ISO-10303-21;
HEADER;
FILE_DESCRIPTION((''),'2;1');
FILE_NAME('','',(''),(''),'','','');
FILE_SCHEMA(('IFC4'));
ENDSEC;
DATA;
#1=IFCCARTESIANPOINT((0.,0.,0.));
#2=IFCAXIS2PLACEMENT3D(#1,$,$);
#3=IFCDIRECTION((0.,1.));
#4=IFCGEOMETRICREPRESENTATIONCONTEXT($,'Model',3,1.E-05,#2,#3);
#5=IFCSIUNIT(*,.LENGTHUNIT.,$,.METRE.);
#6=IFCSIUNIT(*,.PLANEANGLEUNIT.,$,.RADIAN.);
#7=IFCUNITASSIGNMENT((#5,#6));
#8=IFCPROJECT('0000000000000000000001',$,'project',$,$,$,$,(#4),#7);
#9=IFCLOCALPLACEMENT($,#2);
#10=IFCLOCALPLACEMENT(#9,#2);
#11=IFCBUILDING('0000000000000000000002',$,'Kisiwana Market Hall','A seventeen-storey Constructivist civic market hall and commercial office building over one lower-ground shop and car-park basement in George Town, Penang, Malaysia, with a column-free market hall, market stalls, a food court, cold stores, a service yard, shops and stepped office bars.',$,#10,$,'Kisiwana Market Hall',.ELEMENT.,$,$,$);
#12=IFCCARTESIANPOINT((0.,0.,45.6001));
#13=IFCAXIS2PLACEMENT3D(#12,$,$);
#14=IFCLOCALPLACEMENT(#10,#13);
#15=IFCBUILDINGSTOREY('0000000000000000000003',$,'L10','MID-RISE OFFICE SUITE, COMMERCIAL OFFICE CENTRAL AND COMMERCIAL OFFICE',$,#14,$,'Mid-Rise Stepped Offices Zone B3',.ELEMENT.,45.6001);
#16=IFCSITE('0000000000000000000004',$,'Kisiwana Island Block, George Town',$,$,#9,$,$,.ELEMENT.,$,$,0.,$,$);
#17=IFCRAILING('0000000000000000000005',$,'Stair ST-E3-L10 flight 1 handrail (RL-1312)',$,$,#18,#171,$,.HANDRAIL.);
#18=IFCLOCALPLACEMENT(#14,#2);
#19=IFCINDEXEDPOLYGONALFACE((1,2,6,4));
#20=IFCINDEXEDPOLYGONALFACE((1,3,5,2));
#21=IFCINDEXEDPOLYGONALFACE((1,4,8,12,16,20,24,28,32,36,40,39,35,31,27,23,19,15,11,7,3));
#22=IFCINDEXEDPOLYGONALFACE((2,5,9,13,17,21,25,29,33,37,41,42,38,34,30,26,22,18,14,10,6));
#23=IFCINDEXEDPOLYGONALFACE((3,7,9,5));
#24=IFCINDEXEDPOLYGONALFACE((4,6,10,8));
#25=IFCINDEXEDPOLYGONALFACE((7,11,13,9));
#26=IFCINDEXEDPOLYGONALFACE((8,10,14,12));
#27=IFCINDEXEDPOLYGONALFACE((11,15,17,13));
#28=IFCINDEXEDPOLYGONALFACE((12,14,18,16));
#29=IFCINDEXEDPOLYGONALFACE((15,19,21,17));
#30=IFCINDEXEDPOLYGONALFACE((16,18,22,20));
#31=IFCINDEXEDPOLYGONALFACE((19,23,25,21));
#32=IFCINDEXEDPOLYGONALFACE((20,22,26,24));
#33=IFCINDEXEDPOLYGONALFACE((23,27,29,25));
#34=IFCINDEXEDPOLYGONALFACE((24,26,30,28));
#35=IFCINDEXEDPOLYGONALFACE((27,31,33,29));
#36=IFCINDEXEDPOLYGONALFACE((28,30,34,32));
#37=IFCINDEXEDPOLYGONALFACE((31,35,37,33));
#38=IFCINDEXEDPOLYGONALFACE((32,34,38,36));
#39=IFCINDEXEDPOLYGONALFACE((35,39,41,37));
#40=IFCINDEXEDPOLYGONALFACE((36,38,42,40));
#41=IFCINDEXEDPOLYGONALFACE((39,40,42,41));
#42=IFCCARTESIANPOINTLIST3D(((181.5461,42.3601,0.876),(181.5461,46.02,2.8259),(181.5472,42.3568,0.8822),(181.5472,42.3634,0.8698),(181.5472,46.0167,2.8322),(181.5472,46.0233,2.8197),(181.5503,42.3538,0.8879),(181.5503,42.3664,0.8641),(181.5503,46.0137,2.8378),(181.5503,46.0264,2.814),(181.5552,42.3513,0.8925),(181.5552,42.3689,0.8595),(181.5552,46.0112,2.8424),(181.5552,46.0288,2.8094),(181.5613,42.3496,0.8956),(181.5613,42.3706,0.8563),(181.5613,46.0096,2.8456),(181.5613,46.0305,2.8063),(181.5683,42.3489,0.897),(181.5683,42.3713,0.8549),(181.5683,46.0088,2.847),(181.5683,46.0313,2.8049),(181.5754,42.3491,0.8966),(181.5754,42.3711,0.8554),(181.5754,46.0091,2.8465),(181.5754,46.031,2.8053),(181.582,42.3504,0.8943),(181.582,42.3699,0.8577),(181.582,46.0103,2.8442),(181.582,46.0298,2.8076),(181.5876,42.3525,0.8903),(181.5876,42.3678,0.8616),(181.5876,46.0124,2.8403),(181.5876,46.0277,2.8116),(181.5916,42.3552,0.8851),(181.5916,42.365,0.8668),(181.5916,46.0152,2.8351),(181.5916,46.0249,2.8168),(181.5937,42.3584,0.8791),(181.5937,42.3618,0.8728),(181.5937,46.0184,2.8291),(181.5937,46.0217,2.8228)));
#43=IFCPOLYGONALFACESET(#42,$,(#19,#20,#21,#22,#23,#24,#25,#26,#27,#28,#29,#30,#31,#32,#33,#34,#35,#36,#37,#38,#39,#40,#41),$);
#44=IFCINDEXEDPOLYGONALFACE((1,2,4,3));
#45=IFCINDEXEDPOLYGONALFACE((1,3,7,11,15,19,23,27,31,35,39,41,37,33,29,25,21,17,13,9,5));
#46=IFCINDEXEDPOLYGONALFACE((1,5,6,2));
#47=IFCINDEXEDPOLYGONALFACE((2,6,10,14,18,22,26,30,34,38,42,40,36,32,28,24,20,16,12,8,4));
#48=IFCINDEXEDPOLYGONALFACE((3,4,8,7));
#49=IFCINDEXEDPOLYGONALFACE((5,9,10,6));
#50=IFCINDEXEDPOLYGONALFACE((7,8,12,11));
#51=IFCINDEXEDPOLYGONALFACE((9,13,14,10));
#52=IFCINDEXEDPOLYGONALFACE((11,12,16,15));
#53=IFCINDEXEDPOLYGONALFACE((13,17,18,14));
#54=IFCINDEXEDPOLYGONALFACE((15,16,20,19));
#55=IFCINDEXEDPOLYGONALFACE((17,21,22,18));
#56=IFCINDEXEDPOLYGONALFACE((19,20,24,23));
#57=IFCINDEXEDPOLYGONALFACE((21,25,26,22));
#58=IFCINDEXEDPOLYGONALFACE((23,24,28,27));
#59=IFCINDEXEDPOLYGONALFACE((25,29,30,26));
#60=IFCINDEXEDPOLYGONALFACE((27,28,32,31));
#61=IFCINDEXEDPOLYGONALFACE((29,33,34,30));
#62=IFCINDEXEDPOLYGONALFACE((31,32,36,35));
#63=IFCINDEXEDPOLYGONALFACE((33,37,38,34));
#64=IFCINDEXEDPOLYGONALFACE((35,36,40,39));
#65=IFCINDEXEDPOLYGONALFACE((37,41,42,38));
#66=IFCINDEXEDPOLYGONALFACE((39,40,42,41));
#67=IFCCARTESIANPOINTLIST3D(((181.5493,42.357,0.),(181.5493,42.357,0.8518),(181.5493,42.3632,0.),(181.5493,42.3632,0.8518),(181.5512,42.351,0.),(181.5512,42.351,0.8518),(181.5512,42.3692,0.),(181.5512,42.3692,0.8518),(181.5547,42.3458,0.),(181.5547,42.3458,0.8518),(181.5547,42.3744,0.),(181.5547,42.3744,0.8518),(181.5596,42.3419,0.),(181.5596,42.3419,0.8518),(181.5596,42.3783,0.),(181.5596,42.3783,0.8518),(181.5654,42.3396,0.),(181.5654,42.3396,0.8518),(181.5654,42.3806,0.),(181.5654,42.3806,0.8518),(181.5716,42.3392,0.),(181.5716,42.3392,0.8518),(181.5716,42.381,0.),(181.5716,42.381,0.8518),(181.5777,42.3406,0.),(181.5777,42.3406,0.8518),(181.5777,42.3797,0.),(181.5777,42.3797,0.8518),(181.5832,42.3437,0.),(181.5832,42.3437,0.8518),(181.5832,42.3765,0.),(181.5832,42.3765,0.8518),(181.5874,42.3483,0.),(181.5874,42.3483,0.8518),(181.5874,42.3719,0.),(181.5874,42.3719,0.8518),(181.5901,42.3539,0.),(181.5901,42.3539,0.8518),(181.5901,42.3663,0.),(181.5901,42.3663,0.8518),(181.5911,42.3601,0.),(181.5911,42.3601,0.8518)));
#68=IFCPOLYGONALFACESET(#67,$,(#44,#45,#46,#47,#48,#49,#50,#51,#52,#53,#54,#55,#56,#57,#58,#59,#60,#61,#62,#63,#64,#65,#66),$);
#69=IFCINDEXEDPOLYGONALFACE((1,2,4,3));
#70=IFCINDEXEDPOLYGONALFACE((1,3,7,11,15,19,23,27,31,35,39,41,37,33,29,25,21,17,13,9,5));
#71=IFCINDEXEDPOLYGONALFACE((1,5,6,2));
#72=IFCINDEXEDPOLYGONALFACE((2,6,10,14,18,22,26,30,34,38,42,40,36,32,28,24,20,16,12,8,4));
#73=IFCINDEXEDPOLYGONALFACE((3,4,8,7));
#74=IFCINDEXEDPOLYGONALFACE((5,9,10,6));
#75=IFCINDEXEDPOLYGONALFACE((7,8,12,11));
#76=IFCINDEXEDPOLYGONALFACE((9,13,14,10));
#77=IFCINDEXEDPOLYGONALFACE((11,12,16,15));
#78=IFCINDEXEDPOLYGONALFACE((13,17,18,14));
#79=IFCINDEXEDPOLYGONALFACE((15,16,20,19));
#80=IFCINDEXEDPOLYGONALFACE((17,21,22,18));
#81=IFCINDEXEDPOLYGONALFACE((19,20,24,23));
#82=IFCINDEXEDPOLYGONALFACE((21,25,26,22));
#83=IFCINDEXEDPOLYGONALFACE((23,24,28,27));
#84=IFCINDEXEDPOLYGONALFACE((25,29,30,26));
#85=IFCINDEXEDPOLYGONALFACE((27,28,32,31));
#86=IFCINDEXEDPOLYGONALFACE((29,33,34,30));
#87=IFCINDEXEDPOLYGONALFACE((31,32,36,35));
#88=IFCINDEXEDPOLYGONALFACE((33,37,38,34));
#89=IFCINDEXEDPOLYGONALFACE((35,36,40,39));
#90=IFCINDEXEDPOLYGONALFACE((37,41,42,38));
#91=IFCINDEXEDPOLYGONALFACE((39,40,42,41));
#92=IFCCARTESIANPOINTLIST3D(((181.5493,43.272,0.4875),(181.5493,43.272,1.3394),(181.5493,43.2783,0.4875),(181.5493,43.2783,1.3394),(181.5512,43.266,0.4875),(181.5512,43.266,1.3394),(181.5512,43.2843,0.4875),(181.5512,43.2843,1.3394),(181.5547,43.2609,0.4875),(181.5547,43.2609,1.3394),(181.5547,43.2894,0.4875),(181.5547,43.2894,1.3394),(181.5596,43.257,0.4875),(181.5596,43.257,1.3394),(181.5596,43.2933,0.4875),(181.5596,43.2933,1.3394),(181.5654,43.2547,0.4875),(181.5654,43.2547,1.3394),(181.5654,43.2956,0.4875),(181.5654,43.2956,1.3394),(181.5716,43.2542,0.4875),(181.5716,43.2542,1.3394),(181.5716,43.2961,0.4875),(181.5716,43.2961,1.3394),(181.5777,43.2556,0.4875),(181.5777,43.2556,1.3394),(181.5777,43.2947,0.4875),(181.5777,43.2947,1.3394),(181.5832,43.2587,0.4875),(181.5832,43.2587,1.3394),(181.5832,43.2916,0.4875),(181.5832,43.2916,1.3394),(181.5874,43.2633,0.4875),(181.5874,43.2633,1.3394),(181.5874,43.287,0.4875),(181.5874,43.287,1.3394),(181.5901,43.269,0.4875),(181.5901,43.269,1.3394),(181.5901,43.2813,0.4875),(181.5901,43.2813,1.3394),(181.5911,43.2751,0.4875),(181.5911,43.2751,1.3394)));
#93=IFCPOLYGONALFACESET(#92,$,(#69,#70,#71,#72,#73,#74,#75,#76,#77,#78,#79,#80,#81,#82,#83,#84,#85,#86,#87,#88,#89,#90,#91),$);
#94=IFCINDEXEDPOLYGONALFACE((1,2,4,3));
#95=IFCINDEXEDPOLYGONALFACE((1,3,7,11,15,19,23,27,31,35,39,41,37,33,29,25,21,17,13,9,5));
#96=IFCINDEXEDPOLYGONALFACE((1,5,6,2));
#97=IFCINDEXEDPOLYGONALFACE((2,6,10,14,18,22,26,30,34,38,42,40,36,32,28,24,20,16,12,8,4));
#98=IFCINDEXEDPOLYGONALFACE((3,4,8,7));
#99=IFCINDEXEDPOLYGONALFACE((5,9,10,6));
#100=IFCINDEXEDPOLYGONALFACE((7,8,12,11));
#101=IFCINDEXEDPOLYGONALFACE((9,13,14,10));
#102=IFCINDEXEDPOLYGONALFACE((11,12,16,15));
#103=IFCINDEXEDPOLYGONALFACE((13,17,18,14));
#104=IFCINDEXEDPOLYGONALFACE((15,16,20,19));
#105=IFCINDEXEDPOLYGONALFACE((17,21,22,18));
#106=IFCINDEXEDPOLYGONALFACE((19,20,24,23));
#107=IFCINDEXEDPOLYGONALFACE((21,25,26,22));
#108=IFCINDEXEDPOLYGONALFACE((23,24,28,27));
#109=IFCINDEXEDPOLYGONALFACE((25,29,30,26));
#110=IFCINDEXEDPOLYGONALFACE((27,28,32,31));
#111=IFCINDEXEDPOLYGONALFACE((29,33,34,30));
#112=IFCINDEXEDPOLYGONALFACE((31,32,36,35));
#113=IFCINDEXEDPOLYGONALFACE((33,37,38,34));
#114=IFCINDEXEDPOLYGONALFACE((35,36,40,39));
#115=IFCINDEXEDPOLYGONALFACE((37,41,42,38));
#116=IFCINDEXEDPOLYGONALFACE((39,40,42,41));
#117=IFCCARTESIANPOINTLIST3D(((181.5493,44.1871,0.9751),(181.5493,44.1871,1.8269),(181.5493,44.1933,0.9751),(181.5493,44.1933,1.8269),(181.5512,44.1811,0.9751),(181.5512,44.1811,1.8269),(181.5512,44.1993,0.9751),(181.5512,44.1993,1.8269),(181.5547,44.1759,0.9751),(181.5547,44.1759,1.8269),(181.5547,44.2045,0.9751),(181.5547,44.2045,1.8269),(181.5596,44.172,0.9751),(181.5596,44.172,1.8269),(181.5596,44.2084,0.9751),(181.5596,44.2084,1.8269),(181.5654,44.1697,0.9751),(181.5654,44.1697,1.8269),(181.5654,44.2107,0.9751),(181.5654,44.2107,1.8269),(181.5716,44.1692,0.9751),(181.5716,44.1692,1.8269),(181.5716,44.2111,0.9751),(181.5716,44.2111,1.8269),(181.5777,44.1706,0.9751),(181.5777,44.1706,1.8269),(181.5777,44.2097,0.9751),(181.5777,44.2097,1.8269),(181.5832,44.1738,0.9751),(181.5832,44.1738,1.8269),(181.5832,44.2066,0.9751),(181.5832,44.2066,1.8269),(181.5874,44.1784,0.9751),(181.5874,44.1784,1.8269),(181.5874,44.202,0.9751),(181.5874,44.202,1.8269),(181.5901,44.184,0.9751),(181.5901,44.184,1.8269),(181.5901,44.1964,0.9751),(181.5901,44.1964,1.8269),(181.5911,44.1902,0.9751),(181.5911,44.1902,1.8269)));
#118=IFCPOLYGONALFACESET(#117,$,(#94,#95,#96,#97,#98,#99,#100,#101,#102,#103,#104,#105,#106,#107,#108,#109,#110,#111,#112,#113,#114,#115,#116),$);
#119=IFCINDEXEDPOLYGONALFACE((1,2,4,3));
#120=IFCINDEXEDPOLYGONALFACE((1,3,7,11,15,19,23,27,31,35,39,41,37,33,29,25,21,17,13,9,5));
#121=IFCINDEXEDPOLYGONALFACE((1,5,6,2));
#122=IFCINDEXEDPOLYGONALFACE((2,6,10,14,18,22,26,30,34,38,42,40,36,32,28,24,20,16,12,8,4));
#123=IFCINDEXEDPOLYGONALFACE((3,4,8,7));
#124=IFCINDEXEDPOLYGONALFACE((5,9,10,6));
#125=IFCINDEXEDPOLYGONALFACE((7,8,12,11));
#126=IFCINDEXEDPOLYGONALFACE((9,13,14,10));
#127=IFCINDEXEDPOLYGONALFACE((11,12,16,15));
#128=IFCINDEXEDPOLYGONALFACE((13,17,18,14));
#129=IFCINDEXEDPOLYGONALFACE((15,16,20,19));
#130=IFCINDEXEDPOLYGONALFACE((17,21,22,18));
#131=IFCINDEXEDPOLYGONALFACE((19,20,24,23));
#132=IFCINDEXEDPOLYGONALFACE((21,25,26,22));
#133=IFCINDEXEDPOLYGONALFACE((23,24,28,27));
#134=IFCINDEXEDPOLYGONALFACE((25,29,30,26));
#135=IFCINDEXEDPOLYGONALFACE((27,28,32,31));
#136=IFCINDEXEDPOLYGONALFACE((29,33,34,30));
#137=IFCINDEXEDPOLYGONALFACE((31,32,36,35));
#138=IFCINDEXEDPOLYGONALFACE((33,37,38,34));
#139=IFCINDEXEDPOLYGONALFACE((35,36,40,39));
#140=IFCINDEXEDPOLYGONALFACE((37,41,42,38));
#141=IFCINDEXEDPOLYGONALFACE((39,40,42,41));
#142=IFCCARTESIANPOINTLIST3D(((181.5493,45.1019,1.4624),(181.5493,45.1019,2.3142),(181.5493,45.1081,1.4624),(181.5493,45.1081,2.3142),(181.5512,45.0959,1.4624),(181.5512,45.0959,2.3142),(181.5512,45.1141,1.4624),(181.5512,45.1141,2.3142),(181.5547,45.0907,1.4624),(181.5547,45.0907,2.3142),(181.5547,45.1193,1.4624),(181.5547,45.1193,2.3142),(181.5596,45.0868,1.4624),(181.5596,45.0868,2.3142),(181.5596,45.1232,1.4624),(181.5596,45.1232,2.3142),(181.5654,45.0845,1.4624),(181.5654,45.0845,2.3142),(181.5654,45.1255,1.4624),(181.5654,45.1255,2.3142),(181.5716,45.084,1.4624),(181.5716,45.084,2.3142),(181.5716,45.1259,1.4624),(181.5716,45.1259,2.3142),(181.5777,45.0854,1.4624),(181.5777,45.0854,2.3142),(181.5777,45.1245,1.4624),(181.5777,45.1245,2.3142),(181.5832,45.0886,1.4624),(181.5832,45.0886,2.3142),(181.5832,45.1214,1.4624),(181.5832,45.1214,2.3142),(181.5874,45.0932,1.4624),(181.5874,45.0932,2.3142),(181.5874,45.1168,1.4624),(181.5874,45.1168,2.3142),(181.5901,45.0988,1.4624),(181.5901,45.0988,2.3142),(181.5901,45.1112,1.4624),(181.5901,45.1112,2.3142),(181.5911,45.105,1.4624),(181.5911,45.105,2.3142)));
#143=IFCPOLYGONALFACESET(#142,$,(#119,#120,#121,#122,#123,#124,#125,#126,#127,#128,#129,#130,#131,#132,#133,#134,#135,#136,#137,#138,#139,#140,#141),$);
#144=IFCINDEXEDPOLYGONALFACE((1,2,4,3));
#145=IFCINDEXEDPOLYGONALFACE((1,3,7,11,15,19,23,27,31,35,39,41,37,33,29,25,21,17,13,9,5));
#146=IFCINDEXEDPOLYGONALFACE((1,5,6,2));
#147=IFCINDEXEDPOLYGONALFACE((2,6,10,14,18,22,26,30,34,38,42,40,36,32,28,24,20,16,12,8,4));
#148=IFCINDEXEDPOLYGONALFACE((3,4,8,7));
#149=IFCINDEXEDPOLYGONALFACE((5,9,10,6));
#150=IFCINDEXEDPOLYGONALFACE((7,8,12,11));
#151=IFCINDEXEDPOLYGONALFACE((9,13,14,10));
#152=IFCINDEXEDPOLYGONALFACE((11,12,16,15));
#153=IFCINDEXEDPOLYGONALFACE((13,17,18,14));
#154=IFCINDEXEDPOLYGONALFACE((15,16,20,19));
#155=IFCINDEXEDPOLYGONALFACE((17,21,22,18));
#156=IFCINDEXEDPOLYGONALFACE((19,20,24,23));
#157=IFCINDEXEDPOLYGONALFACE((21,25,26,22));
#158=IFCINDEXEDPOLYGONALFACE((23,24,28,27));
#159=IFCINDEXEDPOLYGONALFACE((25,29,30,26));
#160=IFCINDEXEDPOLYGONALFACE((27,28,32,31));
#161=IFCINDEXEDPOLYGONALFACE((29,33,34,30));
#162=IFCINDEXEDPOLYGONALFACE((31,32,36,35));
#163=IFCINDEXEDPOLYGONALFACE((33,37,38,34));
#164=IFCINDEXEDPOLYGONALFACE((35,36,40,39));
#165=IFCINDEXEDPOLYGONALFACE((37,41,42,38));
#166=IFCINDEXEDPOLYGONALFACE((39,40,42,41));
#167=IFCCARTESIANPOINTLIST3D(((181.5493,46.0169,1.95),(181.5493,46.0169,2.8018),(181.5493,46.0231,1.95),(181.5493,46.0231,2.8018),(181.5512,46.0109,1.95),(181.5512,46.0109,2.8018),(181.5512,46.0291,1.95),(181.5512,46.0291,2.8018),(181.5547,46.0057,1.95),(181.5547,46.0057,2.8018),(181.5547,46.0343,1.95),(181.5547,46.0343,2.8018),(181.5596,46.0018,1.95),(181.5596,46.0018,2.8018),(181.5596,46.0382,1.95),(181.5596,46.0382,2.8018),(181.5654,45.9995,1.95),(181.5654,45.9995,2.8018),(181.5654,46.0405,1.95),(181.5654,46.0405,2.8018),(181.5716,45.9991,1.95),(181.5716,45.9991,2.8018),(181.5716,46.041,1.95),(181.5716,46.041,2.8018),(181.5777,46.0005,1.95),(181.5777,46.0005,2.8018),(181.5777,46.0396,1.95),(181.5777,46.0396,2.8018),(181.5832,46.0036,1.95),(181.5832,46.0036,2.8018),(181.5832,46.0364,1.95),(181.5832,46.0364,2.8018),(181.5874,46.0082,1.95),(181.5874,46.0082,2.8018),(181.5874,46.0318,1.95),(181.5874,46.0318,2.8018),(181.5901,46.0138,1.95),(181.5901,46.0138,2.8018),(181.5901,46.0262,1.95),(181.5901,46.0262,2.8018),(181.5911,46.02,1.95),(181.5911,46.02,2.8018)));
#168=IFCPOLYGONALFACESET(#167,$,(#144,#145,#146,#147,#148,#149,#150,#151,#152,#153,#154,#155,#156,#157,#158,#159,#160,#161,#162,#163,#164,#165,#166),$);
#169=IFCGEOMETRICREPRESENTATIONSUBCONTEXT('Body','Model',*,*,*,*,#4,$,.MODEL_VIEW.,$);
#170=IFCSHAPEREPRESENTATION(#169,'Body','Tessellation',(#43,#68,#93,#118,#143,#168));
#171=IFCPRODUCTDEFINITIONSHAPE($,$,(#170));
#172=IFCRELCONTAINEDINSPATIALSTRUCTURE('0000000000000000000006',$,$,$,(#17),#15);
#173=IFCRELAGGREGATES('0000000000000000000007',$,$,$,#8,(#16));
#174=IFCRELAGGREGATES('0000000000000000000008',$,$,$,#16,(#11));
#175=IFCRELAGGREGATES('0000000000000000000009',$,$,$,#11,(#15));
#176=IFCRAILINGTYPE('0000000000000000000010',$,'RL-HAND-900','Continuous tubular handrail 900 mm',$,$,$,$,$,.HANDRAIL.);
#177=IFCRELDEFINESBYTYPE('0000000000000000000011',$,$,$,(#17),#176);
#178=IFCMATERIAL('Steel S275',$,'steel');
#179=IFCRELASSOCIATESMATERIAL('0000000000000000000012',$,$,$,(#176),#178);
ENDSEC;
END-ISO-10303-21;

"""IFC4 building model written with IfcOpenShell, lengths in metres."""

from ifc_helpers import new_model, si_unit, direction, frame, origin, origin_2d, place, context, subcontext, project, spatial, circle, extrude, material, type_object, element, save


model = new_model("IFC4")

# Units and contexts
model_context = context("Model", 3, precision=1e-05, world=origin(), true_north=direction((0.0, 1.0)))
body_context = subcontext(model_context, "Body", "Model", "MODEL_VIEW")
ifc_project = project(units=[si_unit("LENGTHUNIT", "METRE"), si_unit("PLANEANGLEUNIT", "RADIAN")], contexts=[model_context])

# Site, building, storey
site_placement = place(None, origin())
site = spatial("IfcSite", under=ifc_project, at=site_placement, Name="Kisiwana Island Block, George Town", CompositionType="ELEMENT", RefElevation=0.0)
building_placement = place(site_placement, origin())
building = spatial("IfcBuilding", under=site, at=building_placement, Name="Kisiwana Market Hall", Description="A seventeen-storey Constructivist civic market hall and commercial office building over one lower-ground shop and car-park basement in George Town, Penang, Malaysia, with a column-free market hall, market stalls, a food court, cold stores, a service yard, shops and stepped office bars.", LongName="Kisiwana Market Hall", CompositionType="ELEMENT")
storey_placement = place(building_placement, frame((0.0, 0.0, 45.6001)))
storey = spatial("IfcBuildingStorey", under=building, at=storey_placement, Name="L10", Description="MID-RISE OFFICE SUITE, COMMERCIAL OFFICE CENTRAL AND COMMERCIAL OFFICE", LongName="Mid-Rise Stepped Offices Zone B3", CompositionType="ELEMENT", Elevation=45.6001)

# Railing
ifc_material_1 = material(Name="Steel S275", Category="steel")
railing_type_1 = type_object("IfcRailingType", Name="RL-HAND-900", Description="Continuous tubular handrail 900 mm", PredefinedType="HANDRAIL", material=ifc_material_1)
for number, where, name in (
    (1, (181.5701, 42.3601, 0.0), "Stair ST-E3-L10 flight 1 handrail (RL-1312)"),
):
    element("IfcRailing", number, at=place(storey_placement, frame(where)), inside=storey, type_object=railing_type_1, Name=name, PredefinedType="HANDRAIL", context=body_context, shape_type="SweptSolid", body=[
        extrude(circle(Radius=0.0239, at=origin_2d()), frame((0.0, 0.0, 0.876), z_axis=(0.0, 0.882553, 0.470212), x_axis=(-1.0, 0.0, 0.0)), (0.0, 0.0, 1.0), 4.147),
        extrude(circle(Radius=0.021, at=origin_2d()), origin(), (0.0, 0.0, 1.0), 0.8518),
        extrude(circle(Radius=0.021, at=origin_2d()), frame((0.0, 0.915, 0.4875)), (0.0, 0.0, 1.0), 0.8518),
        extrude(circle(Radius=0.021, at=origin_2d()), frame((0.0, 1.8301, 0.9751)), (0.0, 0.0, 1.0), 0.8518),
        extrude(circle(Radius=0.021, at=origin_2d()), frame((0.0, 2.7449, 1.4624)), (0.0, 0.0, 1.0), 0.8518),
        extrude(circle(Radius=0.021, at=origin_2d()), frame((0.0, 3.6599, 1.95)), (0.0, 0.0, 1.0), 0.8518),
    ])

save(model, "model.ifc")
